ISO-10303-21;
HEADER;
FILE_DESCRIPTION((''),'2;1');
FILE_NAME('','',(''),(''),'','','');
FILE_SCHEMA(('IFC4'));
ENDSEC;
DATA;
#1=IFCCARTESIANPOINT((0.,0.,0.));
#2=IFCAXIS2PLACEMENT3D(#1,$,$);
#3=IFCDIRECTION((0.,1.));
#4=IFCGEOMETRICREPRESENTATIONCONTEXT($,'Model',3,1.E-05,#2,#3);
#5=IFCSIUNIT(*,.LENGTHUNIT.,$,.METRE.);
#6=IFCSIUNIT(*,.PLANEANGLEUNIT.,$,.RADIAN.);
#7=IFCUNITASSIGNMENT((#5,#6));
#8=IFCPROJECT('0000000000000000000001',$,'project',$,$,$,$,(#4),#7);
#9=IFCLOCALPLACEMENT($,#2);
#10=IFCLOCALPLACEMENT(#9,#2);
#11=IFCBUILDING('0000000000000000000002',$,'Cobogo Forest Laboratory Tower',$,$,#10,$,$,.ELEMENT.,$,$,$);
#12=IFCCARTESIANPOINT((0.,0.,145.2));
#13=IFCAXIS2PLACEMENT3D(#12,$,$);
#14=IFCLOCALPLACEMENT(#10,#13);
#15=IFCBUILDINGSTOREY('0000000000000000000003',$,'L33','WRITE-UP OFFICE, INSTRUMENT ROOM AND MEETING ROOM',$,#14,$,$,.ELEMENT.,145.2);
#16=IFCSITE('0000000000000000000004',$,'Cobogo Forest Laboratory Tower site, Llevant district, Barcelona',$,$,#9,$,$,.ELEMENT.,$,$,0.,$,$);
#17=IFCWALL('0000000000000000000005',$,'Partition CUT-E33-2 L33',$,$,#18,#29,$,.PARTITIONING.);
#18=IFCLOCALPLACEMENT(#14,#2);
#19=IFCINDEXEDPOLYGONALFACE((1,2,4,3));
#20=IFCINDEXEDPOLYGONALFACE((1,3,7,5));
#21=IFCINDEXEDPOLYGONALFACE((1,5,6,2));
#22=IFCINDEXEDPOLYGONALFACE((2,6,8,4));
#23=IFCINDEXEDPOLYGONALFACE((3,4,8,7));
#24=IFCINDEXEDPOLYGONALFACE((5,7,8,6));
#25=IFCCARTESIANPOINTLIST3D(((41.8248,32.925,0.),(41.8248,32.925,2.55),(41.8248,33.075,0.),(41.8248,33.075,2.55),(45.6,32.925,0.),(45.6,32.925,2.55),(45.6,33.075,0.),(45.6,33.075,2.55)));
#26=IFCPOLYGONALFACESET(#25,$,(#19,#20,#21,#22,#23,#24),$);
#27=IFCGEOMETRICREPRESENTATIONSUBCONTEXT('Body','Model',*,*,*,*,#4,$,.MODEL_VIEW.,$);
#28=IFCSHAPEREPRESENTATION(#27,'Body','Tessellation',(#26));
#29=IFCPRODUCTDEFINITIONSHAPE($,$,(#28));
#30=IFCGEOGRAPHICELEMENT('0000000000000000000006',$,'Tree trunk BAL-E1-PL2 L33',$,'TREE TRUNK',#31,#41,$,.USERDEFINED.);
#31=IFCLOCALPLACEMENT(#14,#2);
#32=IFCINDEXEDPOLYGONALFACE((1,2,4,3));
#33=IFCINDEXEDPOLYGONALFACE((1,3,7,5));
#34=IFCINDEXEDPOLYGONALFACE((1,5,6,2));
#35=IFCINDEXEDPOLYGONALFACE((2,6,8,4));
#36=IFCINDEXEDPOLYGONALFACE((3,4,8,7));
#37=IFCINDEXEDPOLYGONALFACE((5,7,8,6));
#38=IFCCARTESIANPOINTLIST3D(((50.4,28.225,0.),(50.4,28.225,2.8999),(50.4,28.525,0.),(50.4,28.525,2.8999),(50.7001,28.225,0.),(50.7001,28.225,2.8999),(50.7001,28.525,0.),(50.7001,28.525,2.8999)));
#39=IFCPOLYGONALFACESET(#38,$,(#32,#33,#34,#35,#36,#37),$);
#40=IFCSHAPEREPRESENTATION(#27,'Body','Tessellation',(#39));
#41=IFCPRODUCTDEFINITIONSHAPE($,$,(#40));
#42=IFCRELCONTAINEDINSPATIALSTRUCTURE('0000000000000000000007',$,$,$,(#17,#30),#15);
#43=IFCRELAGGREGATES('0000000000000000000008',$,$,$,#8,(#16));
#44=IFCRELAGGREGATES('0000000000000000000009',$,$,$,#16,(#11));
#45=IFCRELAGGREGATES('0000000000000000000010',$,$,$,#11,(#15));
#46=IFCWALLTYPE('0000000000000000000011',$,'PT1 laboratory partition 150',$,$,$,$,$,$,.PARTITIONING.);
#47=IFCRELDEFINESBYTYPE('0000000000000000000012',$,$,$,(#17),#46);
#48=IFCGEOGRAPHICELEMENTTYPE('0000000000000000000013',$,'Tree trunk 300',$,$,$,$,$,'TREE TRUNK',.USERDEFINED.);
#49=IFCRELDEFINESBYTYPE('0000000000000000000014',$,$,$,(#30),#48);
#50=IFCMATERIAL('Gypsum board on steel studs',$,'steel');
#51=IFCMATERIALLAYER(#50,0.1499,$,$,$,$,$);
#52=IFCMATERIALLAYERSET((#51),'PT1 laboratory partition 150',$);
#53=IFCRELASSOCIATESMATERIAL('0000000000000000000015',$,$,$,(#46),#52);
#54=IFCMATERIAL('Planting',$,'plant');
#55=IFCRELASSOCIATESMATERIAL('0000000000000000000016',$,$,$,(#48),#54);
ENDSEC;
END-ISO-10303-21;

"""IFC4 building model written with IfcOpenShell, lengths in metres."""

from ifc_helpers import new_model, si_unit, direction, frame, frame_2d, origin, origin_2d, place, context, subcontext, project, spatial, rectangle, extrude, material, layer, layer_set, type_object, element, save


model = new_model("IFC4")

# Units and contexts
model_context = context("Model", 3, precision=1e-05, world=origin(), true_north=direction((0.0, 1.0)))
body_context = subcontext(model_context, "Body", "Model", "MODEL_VIEW")
ifc_project = project(units=[si_unit("LENGTHUNIT", "METRE"), si_unit("PLANEANGLEUNIT", "RADIAN")], contexts=[model_context])

# Site, building, storey
site_placement = place(None, origin())
site = spatial("IfcSite", under=ifc_project, at=site_placement, Name="Cobogo Forest Laboratory Tower site, Llevant district, Barcelona", CompositionType="ELEMENT", RefElevation=0.0)
building_placement = place(site_placement, origin())
building = spatial("IfcBuilding", under=site, at=building_placement, Name="Cobogo Forest Laboratory Tower", CompositionType="ELEMENT")
storey_placement = place(building_placement, frame((0.0, 0.0, 145.2)))
storey = spatial("IfcBuildingStorey", under=building, at=storey_placement, Name="L33", Description="WRITE-UP OFFICE, INSTRUMENT ROOM AND MEETING ROOM", CompositionType="ELEMENT", Elevation=145.2)

# Wall
ifc_material_1 = material(Name="Gypsum board on steel studs", Category="steel")
ifc_layer_1 = layer(ifc_material_1, 0.1499)
ifc_layer_set_1 = layer_set([ifc_layer_1], Name="PT1 laboratory partition 150")
wall_type = type_object("IfcWallType", Name="PT1 laboratory partition 150", PredefinedType="PARTITIONING", material=ifc_layer_set_1)
wall_1_placement = place(storey_placement, frame((45.6001, 33.0, 0.0), z_axis=(0.0, 0.0, 1.0), x_axis=(-1.0, 0.0, 0.0)))
element("IfcWall", 1, at=wall_1_placement, inside=storey, type_object=wall_type, Name="Partition CUT-E33-2 L33", PredefinedType="PARTITIONING", context=body_context, shape_type="SweptSolid", body=[
    extrude(rectangle(XDim=3.7751, YDim=0.1499, at=frame_2d((1.8877, 0.0))), origin(), (0.0, 0.0, 1.0), 2.55),
])

# Geographic element
ifc_material_2 = material(Name="Planting", Category="plant")
geographic_element_type = type_object("IfcGeographicElementType", Name="Tree trunk 300", ElementType="TREE TRUNK", PredefinedType="USERDEFINED", material=ifc_material_2)
geographic_element_placement = place(storey_placement, frame((50.55, 28.375, 0.0), z_axis=(0.0, 0.0, 1.0), x_axis=(1.0, 0.0, 0.0)))
element("IfcGeographicElement", 2, at=geographic_element_placement, inside=storey, type_object=geographic_element_type, Name="Tree trunk BAL-E1-PL2 L33", ObjectType="TREE TRUNK", PredefinedType="USERDEFINED", context=body_context, shape_type="SweptSolid", body=[
    extrude(rectangle(XDim=0.3, YDim=0.3, at=origin_2d()), origin(), (0.0, 0.0, 1.0), 2.8999),
])

save(model, "model.ifc")
